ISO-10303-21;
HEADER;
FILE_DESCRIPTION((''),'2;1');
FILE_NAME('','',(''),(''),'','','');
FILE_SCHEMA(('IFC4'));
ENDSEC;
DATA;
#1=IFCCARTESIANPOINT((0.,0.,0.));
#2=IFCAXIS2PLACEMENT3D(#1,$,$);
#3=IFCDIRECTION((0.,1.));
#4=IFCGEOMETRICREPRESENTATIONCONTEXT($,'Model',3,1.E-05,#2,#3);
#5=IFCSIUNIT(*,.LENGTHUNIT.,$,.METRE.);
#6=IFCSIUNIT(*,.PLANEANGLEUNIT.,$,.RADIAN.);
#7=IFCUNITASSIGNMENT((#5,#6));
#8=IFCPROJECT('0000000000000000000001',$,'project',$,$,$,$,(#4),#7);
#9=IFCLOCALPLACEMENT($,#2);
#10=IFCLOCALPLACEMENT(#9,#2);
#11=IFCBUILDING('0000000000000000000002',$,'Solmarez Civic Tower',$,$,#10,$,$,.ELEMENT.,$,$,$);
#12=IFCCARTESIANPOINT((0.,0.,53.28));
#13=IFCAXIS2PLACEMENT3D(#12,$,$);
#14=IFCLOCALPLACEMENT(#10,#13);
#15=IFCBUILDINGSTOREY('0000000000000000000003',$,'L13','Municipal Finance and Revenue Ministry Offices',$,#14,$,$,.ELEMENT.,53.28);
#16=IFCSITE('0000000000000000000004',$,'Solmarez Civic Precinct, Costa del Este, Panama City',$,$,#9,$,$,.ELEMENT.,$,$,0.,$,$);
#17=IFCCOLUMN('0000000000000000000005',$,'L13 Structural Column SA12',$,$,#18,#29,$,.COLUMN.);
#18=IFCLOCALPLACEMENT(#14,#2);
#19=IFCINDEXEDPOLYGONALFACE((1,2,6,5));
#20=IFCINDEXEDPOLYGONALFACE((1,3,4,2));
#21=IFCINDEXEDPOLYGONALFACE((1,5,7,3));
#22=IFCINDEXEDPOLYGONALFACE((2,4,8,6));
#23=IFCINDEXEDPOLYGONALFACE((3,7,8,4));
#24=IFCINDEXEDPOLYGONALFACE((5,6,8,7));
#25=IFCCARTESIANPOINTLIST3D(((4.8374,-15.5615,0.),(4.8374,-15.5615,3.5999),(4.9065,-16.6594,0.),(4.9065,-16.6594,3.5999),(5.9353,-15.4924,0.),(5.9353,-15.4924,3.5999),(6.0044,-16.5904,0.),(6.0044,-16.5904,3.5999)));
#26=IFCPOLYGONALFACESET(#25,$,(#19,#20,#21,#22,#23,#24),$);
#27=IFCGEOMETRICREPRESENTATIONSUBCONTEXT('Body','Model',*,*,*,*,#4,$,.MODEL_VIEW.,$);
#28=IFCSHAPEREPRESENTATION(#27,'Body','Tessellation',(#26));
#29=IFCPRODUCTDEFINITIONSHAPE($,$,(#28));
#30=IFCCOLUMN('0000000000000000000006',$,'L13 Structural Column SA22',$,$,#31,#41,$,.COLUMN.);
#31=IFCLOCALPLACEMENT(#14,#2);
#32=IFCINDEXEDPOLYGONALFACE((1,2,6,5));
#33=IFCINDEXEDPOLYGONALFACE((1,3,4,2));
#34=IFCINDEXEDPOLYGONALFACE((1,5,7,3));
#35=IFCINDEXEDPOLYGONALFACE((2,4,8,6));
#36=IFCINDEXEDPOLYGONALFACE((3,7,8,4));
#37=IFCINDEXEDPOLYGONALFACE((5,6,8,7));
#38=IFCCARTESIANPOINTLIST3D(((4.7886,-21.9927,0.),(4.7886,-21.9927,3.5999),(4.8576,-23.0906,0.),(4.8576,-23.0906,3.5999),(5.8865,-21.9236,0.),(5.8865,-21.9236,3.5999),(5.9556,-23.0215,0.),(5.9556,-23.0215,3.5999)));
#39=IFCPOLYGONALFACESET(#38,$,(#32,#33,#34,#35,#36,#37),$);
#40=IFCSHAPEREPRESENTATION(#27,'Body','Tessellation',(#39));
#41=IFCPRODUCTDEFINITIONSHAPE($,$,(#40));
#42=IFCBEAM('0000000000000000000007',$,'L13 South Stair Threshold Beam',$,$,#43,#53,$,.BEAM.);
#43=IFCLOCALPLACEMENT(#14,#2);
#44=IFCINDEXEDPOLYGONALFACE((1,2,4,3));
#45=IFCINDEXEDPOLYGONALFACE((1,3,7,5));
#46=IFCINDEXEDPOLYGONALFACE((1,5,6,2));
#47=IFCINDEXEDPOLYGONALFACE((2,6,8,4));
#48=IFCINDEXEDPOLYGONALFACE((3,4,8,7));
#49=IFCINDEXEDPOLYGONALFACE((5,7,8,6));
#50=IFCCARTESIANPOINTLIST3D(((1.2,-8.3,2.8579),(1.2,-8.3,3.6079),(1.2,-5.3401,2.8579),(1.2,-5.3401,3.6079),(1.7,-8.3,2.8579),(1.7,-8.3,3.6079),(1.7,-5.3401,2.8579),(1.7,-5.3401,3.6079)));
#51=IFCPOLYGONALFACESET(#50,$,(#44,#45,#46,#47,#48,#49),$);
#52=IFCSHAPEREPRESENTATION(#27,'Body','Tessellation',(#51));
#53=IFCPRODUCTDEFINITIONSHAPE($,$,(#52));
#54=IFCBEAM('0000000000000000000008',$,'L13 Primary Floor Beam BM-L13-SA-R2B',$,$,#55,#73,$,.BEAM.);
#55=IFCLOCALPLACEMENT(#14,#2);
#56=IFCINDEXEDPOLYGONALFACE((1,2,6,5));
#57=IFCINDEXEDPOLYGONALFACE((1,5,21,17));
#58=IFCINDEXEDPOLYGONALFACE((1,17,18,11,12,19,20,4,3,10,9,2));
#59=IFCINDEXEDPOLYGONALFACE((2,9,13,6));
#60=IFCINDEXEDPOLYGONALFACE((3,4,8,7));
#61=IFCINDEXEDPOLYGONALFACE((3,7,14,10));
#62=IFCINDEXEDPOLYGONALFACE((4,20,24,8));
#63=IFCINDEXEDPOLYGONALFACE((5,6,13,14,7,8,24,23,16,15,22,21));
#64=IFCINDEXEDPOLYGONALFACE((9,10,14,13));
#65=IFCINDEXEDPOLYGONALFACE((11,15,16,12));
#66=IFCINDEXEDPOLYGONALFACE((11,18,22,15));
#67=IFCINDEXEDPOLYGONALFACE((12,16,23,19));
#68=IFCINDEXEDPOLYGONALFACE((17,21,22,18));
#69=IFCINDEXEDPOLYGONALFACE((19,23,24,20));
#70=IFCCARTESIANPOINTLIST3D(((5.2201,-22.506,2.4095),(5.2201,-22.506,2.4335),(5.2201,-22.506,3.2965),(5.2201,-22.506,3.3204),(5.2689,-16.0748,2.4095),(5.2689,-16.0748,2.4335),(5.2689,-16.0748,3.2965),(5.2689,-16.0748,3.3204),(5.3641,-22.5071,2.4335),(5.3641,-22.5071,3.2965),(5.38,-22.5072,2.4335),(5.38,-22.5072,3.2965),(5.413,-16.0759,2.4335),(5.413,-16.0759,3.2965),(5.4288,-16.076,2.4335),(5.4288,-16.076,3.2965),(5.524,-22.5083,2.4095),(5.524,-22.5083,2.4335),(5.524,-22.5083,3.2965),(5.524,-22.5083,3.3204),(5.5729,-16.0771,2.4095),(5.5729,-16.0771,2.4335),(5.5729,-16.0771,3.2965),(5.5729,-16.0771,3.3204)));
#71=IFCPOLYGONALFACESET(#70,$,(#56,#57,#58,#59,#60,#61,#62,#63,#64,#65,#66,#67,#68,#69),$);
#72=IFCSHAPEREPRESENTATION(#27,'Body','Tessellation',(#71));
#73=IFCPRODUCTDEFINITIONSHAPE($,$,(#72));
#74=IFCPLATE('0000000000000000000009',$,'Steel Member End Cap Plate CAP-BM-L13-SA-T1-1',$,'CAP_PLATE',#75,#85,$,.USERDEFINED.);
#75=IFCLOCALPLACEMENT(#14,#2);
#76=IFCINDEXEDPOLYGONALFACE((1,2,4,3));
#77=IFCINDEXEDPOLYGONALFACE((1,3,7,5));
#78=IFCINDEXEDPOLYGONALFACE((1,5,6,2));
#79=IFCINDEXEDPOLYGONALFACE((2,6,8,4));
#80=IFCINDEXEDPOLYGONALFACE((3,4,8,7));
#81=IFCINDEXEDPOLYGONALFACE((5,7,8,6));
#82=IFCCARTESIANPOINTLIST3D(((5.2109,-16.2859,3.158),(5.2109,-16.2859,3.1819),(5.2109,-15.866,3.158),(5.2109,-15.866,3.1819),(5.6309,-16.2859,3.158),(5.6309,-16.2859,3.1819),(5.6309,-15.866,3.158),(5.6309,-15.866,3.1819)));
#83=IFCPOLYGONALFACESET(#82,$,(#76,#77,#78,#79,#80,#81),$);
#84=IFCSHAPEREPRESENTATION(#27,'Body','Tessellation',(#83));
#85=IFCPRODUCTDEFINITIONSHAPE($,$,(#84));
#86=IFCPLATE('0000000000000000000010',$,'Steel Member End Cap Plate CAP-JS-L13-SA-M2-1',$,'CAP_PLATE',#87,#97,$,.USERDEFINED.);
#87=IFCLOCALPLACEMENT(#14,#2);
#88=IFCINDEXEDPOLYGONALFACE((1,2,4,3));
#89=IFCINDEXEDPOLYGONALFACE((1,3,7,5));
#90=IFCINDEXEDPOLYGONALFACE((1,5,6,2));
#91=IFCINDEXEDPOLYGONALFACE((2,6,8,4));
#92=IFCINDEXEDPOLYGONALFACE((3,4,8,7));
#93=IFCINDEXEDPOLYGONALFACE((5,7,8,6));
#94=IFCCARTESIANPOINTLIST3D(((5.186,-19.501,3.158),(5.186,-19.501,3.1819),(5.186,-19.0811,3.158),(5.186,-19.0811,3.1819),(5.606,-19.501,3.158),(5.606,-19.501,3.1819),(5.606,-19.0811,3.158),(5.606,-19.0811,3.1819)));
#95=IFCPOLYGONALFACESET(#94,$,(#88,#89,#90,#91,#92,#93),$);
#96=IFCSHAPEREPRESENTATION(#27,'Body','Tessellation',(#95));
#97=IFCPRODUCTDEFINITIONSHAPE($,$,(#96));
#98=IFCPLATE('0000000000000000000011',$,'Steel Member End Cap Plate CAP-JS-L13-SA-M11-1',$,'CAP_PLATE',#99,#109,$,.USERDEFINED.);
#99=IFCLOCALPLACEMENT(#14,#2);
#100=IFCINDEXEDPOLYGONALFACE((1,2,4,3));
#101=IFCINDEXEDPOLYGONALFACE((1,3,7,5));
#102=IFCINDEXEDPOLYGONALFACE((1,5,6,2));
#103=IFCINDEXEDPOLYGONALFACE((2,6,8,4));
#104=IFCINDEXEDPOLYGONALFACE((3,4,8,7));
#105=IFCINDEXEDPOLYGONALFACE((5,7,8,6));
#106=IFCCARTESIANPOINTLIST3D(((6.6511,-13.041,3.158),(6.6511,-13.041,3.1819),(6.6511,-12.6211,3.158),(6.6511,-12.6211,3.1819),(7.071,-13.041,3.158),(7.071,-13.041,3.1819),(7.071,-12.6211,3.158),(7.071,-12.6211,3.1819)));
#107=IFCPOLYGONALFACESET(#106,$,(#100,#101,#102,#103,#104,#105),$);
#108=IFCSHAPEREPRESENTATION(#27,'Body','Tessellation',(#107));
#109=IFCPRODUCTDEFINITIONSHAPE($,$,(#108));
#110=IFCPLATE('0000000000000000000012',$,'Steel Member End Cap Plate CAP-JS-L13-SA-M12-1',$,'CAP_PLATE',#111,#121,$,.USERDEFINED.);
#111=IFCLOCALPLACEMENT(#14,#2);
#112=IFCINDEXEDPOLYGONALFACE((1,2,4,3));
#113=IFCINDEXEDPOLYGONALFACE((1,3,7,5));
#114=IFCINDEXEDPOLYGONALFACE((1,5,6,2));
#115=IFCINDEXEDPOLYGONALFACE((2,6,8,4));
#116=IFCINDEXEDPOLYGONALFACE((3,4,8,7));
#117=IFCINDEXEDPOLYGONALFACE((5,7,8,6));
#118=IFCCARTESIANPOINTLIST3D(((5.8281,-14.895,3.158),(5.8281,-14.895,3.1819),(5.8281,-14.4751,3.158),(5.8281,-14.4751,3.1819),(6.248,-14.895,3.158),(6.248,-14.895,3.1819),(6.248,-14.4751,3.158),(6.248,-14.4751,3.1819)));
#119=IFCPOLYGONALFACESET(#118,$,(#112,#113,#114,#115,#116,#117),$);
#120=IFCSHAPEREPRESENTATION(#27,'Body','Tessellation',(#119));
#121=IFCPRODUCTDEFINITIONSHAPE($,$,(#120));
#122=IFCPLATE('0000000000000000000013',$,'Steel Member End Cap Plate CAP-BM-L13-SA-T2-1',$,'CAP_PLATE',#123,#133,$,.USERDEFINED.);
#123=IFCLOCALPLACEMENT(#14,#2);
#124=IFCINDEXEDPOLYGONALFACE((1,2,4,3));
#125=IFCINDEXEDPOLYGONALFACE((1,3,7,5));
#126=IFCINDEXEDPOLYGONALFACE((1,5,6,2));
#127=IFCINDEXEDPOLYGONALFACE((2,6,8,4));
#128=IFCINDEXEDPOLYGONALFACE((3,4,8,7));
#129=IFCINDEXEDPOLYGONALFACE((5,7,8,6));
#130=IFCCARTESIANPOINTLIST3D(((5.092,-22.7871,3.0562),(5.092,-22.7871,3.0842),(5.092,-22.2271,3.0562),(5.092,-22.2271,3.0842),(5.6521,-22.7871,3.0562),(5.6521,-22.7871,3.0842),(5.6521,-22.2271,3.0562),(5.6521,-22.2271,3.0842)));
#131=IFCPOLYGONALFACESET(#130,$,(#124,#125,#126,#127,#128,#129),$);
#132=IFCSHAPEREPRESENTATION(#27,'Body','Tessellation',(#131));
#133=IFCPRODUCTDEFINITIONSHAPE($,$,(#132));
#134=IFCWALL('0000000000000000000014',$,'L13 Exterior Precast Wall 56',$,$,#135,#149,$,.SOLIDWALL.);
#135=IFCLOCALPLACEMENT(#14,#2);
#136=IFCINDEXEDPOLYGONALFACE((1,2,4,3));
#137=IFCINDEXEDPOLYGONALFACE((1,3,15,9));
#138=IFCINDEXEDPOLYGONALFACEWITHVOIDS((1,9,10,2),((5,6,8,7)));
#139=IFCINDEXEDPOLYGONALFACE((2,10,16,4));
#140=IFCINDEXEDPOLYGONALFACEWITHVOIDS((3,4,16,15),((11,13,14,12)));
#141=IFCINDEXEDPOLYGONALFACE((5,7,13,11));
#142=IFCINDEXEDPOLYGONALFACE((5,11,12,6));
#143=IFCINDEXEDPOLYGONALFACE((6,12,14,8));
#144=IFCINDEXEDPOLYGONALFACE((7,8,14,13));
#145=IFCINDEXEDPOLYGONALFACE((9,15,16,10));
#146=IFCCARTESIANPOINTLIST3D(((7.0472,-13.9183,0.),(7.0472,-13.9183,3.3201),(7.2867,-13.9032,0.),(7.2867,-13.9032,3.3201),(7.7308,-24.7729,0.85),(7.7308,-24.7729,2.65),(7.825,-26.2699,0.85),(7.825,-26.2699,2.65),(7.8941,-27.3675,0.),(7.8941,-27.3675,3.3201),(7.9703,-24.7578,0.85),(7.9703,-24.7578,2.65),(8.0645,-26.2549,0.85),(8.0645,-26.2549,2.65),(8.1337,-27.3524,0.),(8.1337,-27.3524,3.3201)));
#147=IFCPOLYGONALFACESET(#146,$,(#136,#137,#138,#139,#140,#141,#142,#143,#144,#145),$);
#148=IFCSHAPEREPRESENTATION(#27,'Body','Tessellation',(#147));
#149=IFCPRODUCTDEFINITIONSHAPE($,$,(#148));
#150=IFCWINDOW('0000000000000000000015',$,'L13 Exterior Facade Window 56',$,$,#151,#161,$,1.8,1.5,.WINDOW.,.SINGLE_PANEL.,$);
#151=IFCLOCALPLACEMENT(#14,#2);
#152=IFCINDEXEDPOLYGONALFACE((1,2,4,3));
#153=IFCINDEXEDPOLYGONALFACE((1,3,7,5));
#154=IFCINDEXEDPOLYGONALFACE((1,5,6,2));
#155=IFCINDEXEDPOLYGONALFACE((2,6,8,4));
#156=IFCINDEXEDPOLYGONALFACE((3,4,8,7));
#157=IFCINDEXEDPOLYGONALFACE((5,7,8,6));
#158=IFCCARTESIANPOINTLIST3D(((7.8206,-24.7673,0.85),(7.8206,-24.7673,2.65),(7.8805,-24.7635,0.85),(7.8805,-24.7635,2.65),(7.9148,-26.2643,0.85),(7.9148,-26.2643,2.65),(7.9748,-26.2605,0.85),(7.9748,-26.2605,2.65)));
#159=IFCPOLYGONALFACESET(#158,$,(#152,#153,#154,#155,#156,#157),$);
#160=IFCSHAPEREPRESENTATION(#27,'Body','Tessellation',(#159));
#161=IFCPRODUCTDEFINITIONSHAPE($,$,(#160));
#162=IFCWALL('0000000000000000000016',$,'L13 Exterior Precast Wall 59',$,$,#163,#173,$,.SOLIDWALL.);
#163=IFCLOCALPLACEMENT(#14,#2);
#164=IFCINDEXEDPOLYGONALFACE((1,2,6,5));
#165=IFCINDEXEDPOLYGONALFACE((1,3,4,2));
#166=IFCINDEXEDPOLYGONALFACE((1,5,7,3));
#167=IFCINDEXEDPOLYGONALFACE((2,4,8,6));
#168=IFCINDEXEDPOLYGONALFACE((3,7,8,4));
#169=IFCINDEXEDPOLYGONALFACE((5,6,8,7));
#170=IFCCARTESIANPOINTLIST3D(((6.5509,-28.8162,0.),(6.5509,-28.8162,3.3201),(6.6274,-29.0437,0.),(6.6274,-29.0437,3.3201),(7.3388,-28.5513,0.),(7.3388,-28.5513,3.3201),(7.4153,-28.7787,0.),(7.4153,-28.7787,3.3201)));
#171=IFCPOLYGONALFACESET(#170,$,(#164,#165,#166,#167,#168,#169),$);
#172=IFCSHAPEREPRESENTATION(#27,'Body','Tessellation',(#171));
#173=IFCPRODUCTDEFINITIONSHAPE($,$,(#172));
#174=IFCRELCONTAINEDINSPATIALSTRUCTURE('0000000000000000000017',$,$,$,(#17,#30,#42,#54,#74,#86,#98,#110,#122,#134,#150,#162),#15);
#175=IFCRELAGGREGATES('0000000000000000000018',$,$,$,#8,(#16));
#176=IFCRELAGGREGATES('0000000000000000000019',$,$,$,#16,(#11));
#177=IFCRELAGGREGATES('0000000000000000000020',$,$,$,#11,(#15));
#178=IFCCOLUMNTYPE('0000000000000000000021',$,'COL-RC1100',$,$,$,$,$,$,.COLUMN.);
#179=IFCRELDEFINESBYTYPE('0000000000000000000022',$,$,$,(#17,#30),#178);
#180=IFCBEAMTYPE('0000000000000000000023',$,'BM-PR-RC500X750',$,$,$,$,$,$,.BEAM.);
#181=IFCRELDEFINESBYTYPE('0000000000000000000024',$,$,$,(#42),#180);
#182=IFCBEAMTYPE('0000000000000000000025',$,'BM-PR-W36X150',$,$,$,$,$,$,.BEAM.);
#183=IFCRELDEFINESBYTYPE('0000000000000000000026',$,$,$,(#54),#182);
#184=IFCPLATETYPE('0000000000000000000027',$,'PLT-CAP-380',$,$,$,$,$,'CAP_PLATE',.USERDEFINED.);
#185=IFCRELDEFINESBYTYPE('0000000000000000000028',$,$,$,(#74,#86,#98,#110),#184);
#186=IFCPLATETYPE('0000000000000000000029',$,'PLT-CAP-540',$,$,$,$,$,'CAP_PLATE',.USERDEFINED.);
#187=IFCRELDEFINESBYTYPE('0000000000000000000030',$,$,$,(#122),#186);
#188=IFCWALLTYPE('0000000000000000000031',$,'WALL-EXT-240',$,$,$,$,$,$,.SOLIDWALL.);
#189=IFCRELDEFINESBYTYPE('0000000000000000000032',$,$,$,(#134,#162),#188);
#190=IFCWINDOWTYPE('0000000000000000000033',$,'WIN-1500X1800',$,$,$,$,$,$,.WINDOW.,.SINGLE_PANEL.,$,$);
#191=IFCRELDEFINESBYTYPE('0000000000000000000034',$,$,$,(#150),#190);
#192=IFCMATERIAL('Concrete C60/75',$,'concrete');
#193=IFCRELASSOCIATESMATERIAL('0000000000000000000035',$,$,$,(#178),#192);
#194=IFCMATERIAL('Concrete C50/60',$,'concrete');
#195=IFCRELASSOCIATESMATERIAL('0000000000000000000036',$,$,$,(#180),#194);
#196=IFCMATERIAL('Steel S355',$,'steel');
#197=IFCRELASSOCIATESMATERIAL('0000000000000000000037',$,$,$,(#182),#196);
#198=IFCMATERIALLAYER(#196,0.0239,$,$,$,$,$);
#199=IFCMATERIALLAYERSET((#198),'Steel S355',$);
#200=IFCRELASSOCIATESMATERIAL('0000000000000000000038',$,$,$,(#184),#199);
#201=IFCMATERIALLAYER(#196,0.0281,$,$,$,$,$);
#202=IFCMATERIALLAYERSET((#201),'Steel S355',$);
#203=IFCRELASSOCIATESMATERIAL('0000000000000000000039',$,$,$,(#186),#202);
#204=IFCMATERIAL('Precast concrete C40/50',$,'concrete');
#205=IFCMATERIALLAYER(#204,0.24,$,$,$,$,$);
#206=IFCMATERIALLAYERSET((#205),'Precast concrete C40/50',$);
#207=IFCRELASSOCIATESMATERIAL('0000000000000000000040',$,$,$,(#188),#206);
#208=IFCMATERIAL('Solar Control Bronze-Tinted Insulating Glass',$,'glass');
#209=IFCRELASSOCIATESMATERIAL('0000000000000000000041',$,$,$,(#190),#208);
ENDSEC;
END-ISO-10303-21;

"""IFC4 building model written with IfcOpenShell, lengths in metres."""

from ifc_helpers import new_model, si_unit, direction, frame, frame_2d, origin, origin_2d, place, context, subcontext, project, spatial, rectangle, i_section, extrude, material, layer, layer_set, material_profile, profile_set, type_object, element, fill, save


model = new_model("IFC4")

# Units and contexts
model_context = context("Model", 3, precision=1e-05, world=origin(), true_north=direction((0.0, 1.0)))
body_context = subcontext(model_context, "Body", "Model", "MODEL_VIEW")
ifc_project = project(units=[si_unit("LENGTHUNIT", "METRE"), si_unit("PLANEANGLEUNIT", "RADIAN")], contexts=[model_context])

# Site, building, storey
site_placement = place(None, origin())
site = spatial("IfcSite", under=ifc_project, at=site_placement, Name="Solmarez Civic Precinct, Costa del Este, Panama City", CompositionType="ELEMENT", RefElevation=0.0)
building_placement = place(site_placement, origin())
building = spatial("IfcBuilding", under=site, at=building_placement, Name="Solmarez Civic Tower", CompositionType="ELEMENT")
storey_placement = place(building_placement, frame((0.0, 0.0, 53.28)))
storey = spatial("IfcBuildingStorey", under=building, at=storey_placement, Name="L13", Description="Municipal Finance and Revenue Ministry Offices", CompositionType="ELEMENT", Elevation=53.28)

# Columns
ifc_material_1 = material(Name="Concrete C60/75", Category="concrete")
ifc_material_profile_1 = material_profile(ifc_material_1, rectangle(XDim=1.1001, YDim=1.1001, at=origin_2d()), Name="RC1100X1100")
ifc_profile_set_1 = profile_set([ifc_material_profile_1], Name="Concrete C60/75")
column_type = type_object("IfcColumnType", Name="COL-RC1100", PredefinedType="COLUMN", material=ifc_profile_set_1)
for number, where, z_axis, x_axis, name in (
    (1, (5.4209, -16.0759, 0.0), (0.0, 0.0, 1.0), (0.998027, 0.062791, 0.0), "L13 Structural Column SA12"),
    (2, (5.3721, -22.5071, 0.0), (0.0, 0.0, 1.0), (0.998027, 0.062791, 0.0), "L13 Structural Column SA22"),
):
    element("IfcColumn", number, at=place(storey_placement, frame(where, z_axis=z_axis, x_axis=x_axis)), inside=storey, type_object=column_type, Name=name, PredefinedType="COLUMN", context=body_context, shape_type="SweptSolid", body=[
        extrude(rectangle(XDim=1.1001, YDim=1.1001, at=origin_2d()), origin(), (0.0, 0.0, 1.0), 3.5999),
    ])

# Beams
ifc_material_2 = material(Name="Concrete C50/60", Category="concrete")
ifc_material_profile_2 = material_profile(ifc_material_2, rectangle(XDim=0.5, YDim=0.75, at=origin_2d()), Name="RC500X750")
ifc_profile_set_2 = profile_set([ifc_material_profile_2], Name="Concrete C50/60")
beam_type_1 = type_object("IfcBeamType", Name="BM-PR-RC500X750", PredefinedType="BEAM", material=ifc_profile_set_2)
beam_1_placement = place(storey_placement, frame((1.45, -8.3, 3.2329), z_axis=(0.0, 1.0, 0.0), x_axis=(-1.0, 0.0, 0.0)))
element("IfcBeam", 3, at=beam_1_placement, inside=storey, type_object=beam_type_1, Name="L13 South Stair Threshold Beam", PredefinedType="BEAM", context=body_context, shape_type="SweptSolid", body=[
    extrude(rectangle(XDim=0.5, YDim=0.75, at=origin_2d()), origin(), (0.0, 0.0, 1.0), 2.96),
])
ifc_material_3 = material(Name="Steel S355", Category="steel")
ifc_material_profile_3 = material_profile(ifc_material_3, i_section(OverallWidth=0.304, OverallDepth=0.9109, WebThickness=0.0159, FlangeThickness=0.0239, at=origin_2d()), Name="W36X150")
ifc_profile_set_3 = profile_set([ifc_material_profile_3], Name="Steel S355")
beam_type_2 = type_object("IfcBeamType", Name="BM-PR-W36X150", PredefinedType="BEAM", material=ifc_profile_set_3)
beam_2_placement = place(storey_placement, frame((5.4209, -16.0759, 2.865), z_axis=(-0.007592, -0.999971, 0.0), x_axis=(0.999971, -0.007592, 0.0)))
element("IfcBeam", 4, at=beam_2_placement, inside=storey, type_object=beam_type_2, Name="L13 Primary Floor Beam BM-L13-SA-R2B", PredefinedType="BEAM", context=body_context, shape_type="SweptSolid", body=[
    extrude(i_section(OverallWidth=0.304, OverallDepth=0.9109, WebThickness=0.0159, FlangeThickness=0.0239, at=origin_2d()), origin(), (0.0, 0.0, 1.0), 6.4314),
])

# Plates
ifc_layer_1 = layer(ifc_material_3, 0.0239)
ifc_layer_set_1 = layer_set([ifc_layer_1], Name="Steel S355")
plate_type_1 = type_object("IfcPlateType", Name="PLT-CAP-380", ElementType="CAP_PLATE", PredefinedType="USERDEFINED", material=ifc_layer_set_1)
for number, where, z_axis, x_axis, name in (
    (5, (5.4209, -16.0759, 3.158), (0.0, 0.0, 1.0), (1.0, 0.0, 0.0), "Steel Member End Cap Plate CAP-BM-L13-SA-T1-1"),
    (6, (5.396, -19.291, 3.158), (0.0, 0.0, 1.0), (1.0, 0.0, 0.0), "Steel Member End Cap Plate CAP-JS-L13-SA-M2-1"),
    (7, (6.8611, -12.8311, 3.158), (0.0, 0.0, 1.0), (1.0, 0.0, 0.0), "Steel Member End Cap Plate CAP-JS-L13-SA-M11-1"),
    (8, (6.0381, -14.6851, 3.158), (0.0, 0.0, 1.0), (1.0, 0.0, 0.0), "Steel Member End Cap Plate CAP-JS-L13-SA-M12-1"),
):
    element("IfcPlate", number, at=place(storey_placement, frame(where, z_axis=z_axis, x_axis=x_axis)), inside=storey, type_object=plate_type_1, Name=name, ObjectType="CAP_PLATE", PredefinedType="USERDEFINED", context=body_context, shape_type="SweptSolid", body=[
        extrude(rectangle(XDim=0.4199, YDim=0.4199, at=origin_2d()), origin(), (0.0, 0.0, 1.0), 0.0239),
    ])
ifc_layer_2 = layer(ifc_material_3, 0.0281)
ifc_layer_set_2 = layer_set([ifc_layer_2], Name="Steel S355")
plate_type_2 = type_object("IfcPlateType", Name="PLT-CAP-540", ElementType="CAP_PLATE", PredefinedType="USERDEFINED", material=ifc_layer_set_2)
plate_placement = place(storey_placement, frame((5.3721, -22.5071, 3.0562), z_axis=(0.0, 0.0, 1.0), x_axis=(1.0, 0.0, 0.0)))
element("IfcPlate", 9, at=plate_placement, inside=storey, type_object=plate_type_2, Name="Steel Member End Cap Plate CAP-BM-L13-SA-T2-1", ObjectType="CAP_PLATE", PredefinedType="USERDEFINED", context=body_context, shape_type="SweptSolid", body=[
    extrude(rectangle(XDim=0.5601, YDim=0.5601, at=origin_2d()), origin(), (0.0, 0.0, 1.0), 0.0281),
])

# Wall, opening, window
ifc_material_4 = material(Name="Precast concrete C40/50", Category="concrete")
ifc_layer_3 = layer(ifc_material_4, 0.24)
ifc_layer_set_3 = layer_set([ifc_layer_3], Name="Precast concrete C40/50")
wall_type_1 = type_object("IfcWallType", Name="WALL-EXT-240", PredefinedType="SOLIDWALL", material=ifc_layer_set_3)
wall_1_placement = place(storey_placement, frame((7.167, -13.9109, 0.0), z_axis=(0.0, 0.0, 1.0), x_axis=(0.062847, -0.998023, 0.0)))
wall_1 = element("IfcWall", 10, at=wall_1_placement, inside=storey, type_object=wall_type_1, Name="L13 Exterior Precast Wall 56", PredefinedType="SOLIDWALL", context=body_context, shape_type="SweptSolid", body=[
    extrude(rectangle(XDim=13.4758, YDim=0.24, at=frame_2d((6.7378, 0.0))), origin(), (0.0, 0.0, 1.0), 3.3201),
])
opening_1_placement = place(wall_1_placement, frame((10.876, 0.0, 0.8501)))
opening_1 = element("IfcOpeningElement", 11, at=opening_1_placement, cuts=wall_1, PredefinedType="OPENING", context=body_context, shape_type="SweptSolid", body=[
    extrude(rectangle(XDim=1.5, YDim=1.8, at=frame_2d((0.75, 0.8999))), frame((0.0, 0.1299, 0.0), z_axis=(0.0, -1.0, 0.0), x_axis=(1.0, 0.0, 0.0)), (0.0, 0.0, 1.0), 0.26),
])
ifc_material_5 = material(Name="Solar Control Bronze-Tinted Insulating Glass", Category="glass")
window_type_1 = type_object("IfcWindowType", Name="WIN-1500X1800", PartitioningType="SINGLE_PANEL", PredefinedType="WINDOW", material=ifc_material_5)
window_1_placement = place(opening_1_placement, origin())
window_1 = element("IfcWindow", 12, at=window_1_placement, inside=storey, type_object=window_type_1, Name="L13 Exterior Facade Window 56", OverallHeight=1.8, OverallWidth=1.5, PartitioningType="SINGLE_PANEL", PredefinedType="WINDOW", context=body_context, shape_type="SweptSolid", body=[
    extrude(rectangle(XDim=1.5, YDim=1.8, at=frame_2d((0.75, 0.8999))), frame((0.0, 0.03, 0.0), z_axis=(0.0, -1.0, 0.0), x_axis=(1.0, 0.0, 0.0)), (0.0, 0.0, 1.0), 0.0601),
])
fill(opening_1, window_1)

# Wall
wall_2_placement = place(storey_placement, frame((7.377, -28.665, 0.0), z_axis=(0.0, 0.0, 1.0), x_axis=(-0.947858, -0.318694, 0.0)))
element("IfcWall", 13, at=wall_2_placement, inside=storey, type_object=wall_type_1, Name="L13 Exterior Precast Wall 59", PredefinedType="SOLIDWALL", context=body_context, shape_type="SweptSolid", body=[
    extrude(rectangle(XDim=0.8313, YDim=0.24, at=frame_2d((0.4155, 0.0))), origin(), (0.0, 0.0, 1.0), 3.3201),
])

save(model, "model.ifc")
